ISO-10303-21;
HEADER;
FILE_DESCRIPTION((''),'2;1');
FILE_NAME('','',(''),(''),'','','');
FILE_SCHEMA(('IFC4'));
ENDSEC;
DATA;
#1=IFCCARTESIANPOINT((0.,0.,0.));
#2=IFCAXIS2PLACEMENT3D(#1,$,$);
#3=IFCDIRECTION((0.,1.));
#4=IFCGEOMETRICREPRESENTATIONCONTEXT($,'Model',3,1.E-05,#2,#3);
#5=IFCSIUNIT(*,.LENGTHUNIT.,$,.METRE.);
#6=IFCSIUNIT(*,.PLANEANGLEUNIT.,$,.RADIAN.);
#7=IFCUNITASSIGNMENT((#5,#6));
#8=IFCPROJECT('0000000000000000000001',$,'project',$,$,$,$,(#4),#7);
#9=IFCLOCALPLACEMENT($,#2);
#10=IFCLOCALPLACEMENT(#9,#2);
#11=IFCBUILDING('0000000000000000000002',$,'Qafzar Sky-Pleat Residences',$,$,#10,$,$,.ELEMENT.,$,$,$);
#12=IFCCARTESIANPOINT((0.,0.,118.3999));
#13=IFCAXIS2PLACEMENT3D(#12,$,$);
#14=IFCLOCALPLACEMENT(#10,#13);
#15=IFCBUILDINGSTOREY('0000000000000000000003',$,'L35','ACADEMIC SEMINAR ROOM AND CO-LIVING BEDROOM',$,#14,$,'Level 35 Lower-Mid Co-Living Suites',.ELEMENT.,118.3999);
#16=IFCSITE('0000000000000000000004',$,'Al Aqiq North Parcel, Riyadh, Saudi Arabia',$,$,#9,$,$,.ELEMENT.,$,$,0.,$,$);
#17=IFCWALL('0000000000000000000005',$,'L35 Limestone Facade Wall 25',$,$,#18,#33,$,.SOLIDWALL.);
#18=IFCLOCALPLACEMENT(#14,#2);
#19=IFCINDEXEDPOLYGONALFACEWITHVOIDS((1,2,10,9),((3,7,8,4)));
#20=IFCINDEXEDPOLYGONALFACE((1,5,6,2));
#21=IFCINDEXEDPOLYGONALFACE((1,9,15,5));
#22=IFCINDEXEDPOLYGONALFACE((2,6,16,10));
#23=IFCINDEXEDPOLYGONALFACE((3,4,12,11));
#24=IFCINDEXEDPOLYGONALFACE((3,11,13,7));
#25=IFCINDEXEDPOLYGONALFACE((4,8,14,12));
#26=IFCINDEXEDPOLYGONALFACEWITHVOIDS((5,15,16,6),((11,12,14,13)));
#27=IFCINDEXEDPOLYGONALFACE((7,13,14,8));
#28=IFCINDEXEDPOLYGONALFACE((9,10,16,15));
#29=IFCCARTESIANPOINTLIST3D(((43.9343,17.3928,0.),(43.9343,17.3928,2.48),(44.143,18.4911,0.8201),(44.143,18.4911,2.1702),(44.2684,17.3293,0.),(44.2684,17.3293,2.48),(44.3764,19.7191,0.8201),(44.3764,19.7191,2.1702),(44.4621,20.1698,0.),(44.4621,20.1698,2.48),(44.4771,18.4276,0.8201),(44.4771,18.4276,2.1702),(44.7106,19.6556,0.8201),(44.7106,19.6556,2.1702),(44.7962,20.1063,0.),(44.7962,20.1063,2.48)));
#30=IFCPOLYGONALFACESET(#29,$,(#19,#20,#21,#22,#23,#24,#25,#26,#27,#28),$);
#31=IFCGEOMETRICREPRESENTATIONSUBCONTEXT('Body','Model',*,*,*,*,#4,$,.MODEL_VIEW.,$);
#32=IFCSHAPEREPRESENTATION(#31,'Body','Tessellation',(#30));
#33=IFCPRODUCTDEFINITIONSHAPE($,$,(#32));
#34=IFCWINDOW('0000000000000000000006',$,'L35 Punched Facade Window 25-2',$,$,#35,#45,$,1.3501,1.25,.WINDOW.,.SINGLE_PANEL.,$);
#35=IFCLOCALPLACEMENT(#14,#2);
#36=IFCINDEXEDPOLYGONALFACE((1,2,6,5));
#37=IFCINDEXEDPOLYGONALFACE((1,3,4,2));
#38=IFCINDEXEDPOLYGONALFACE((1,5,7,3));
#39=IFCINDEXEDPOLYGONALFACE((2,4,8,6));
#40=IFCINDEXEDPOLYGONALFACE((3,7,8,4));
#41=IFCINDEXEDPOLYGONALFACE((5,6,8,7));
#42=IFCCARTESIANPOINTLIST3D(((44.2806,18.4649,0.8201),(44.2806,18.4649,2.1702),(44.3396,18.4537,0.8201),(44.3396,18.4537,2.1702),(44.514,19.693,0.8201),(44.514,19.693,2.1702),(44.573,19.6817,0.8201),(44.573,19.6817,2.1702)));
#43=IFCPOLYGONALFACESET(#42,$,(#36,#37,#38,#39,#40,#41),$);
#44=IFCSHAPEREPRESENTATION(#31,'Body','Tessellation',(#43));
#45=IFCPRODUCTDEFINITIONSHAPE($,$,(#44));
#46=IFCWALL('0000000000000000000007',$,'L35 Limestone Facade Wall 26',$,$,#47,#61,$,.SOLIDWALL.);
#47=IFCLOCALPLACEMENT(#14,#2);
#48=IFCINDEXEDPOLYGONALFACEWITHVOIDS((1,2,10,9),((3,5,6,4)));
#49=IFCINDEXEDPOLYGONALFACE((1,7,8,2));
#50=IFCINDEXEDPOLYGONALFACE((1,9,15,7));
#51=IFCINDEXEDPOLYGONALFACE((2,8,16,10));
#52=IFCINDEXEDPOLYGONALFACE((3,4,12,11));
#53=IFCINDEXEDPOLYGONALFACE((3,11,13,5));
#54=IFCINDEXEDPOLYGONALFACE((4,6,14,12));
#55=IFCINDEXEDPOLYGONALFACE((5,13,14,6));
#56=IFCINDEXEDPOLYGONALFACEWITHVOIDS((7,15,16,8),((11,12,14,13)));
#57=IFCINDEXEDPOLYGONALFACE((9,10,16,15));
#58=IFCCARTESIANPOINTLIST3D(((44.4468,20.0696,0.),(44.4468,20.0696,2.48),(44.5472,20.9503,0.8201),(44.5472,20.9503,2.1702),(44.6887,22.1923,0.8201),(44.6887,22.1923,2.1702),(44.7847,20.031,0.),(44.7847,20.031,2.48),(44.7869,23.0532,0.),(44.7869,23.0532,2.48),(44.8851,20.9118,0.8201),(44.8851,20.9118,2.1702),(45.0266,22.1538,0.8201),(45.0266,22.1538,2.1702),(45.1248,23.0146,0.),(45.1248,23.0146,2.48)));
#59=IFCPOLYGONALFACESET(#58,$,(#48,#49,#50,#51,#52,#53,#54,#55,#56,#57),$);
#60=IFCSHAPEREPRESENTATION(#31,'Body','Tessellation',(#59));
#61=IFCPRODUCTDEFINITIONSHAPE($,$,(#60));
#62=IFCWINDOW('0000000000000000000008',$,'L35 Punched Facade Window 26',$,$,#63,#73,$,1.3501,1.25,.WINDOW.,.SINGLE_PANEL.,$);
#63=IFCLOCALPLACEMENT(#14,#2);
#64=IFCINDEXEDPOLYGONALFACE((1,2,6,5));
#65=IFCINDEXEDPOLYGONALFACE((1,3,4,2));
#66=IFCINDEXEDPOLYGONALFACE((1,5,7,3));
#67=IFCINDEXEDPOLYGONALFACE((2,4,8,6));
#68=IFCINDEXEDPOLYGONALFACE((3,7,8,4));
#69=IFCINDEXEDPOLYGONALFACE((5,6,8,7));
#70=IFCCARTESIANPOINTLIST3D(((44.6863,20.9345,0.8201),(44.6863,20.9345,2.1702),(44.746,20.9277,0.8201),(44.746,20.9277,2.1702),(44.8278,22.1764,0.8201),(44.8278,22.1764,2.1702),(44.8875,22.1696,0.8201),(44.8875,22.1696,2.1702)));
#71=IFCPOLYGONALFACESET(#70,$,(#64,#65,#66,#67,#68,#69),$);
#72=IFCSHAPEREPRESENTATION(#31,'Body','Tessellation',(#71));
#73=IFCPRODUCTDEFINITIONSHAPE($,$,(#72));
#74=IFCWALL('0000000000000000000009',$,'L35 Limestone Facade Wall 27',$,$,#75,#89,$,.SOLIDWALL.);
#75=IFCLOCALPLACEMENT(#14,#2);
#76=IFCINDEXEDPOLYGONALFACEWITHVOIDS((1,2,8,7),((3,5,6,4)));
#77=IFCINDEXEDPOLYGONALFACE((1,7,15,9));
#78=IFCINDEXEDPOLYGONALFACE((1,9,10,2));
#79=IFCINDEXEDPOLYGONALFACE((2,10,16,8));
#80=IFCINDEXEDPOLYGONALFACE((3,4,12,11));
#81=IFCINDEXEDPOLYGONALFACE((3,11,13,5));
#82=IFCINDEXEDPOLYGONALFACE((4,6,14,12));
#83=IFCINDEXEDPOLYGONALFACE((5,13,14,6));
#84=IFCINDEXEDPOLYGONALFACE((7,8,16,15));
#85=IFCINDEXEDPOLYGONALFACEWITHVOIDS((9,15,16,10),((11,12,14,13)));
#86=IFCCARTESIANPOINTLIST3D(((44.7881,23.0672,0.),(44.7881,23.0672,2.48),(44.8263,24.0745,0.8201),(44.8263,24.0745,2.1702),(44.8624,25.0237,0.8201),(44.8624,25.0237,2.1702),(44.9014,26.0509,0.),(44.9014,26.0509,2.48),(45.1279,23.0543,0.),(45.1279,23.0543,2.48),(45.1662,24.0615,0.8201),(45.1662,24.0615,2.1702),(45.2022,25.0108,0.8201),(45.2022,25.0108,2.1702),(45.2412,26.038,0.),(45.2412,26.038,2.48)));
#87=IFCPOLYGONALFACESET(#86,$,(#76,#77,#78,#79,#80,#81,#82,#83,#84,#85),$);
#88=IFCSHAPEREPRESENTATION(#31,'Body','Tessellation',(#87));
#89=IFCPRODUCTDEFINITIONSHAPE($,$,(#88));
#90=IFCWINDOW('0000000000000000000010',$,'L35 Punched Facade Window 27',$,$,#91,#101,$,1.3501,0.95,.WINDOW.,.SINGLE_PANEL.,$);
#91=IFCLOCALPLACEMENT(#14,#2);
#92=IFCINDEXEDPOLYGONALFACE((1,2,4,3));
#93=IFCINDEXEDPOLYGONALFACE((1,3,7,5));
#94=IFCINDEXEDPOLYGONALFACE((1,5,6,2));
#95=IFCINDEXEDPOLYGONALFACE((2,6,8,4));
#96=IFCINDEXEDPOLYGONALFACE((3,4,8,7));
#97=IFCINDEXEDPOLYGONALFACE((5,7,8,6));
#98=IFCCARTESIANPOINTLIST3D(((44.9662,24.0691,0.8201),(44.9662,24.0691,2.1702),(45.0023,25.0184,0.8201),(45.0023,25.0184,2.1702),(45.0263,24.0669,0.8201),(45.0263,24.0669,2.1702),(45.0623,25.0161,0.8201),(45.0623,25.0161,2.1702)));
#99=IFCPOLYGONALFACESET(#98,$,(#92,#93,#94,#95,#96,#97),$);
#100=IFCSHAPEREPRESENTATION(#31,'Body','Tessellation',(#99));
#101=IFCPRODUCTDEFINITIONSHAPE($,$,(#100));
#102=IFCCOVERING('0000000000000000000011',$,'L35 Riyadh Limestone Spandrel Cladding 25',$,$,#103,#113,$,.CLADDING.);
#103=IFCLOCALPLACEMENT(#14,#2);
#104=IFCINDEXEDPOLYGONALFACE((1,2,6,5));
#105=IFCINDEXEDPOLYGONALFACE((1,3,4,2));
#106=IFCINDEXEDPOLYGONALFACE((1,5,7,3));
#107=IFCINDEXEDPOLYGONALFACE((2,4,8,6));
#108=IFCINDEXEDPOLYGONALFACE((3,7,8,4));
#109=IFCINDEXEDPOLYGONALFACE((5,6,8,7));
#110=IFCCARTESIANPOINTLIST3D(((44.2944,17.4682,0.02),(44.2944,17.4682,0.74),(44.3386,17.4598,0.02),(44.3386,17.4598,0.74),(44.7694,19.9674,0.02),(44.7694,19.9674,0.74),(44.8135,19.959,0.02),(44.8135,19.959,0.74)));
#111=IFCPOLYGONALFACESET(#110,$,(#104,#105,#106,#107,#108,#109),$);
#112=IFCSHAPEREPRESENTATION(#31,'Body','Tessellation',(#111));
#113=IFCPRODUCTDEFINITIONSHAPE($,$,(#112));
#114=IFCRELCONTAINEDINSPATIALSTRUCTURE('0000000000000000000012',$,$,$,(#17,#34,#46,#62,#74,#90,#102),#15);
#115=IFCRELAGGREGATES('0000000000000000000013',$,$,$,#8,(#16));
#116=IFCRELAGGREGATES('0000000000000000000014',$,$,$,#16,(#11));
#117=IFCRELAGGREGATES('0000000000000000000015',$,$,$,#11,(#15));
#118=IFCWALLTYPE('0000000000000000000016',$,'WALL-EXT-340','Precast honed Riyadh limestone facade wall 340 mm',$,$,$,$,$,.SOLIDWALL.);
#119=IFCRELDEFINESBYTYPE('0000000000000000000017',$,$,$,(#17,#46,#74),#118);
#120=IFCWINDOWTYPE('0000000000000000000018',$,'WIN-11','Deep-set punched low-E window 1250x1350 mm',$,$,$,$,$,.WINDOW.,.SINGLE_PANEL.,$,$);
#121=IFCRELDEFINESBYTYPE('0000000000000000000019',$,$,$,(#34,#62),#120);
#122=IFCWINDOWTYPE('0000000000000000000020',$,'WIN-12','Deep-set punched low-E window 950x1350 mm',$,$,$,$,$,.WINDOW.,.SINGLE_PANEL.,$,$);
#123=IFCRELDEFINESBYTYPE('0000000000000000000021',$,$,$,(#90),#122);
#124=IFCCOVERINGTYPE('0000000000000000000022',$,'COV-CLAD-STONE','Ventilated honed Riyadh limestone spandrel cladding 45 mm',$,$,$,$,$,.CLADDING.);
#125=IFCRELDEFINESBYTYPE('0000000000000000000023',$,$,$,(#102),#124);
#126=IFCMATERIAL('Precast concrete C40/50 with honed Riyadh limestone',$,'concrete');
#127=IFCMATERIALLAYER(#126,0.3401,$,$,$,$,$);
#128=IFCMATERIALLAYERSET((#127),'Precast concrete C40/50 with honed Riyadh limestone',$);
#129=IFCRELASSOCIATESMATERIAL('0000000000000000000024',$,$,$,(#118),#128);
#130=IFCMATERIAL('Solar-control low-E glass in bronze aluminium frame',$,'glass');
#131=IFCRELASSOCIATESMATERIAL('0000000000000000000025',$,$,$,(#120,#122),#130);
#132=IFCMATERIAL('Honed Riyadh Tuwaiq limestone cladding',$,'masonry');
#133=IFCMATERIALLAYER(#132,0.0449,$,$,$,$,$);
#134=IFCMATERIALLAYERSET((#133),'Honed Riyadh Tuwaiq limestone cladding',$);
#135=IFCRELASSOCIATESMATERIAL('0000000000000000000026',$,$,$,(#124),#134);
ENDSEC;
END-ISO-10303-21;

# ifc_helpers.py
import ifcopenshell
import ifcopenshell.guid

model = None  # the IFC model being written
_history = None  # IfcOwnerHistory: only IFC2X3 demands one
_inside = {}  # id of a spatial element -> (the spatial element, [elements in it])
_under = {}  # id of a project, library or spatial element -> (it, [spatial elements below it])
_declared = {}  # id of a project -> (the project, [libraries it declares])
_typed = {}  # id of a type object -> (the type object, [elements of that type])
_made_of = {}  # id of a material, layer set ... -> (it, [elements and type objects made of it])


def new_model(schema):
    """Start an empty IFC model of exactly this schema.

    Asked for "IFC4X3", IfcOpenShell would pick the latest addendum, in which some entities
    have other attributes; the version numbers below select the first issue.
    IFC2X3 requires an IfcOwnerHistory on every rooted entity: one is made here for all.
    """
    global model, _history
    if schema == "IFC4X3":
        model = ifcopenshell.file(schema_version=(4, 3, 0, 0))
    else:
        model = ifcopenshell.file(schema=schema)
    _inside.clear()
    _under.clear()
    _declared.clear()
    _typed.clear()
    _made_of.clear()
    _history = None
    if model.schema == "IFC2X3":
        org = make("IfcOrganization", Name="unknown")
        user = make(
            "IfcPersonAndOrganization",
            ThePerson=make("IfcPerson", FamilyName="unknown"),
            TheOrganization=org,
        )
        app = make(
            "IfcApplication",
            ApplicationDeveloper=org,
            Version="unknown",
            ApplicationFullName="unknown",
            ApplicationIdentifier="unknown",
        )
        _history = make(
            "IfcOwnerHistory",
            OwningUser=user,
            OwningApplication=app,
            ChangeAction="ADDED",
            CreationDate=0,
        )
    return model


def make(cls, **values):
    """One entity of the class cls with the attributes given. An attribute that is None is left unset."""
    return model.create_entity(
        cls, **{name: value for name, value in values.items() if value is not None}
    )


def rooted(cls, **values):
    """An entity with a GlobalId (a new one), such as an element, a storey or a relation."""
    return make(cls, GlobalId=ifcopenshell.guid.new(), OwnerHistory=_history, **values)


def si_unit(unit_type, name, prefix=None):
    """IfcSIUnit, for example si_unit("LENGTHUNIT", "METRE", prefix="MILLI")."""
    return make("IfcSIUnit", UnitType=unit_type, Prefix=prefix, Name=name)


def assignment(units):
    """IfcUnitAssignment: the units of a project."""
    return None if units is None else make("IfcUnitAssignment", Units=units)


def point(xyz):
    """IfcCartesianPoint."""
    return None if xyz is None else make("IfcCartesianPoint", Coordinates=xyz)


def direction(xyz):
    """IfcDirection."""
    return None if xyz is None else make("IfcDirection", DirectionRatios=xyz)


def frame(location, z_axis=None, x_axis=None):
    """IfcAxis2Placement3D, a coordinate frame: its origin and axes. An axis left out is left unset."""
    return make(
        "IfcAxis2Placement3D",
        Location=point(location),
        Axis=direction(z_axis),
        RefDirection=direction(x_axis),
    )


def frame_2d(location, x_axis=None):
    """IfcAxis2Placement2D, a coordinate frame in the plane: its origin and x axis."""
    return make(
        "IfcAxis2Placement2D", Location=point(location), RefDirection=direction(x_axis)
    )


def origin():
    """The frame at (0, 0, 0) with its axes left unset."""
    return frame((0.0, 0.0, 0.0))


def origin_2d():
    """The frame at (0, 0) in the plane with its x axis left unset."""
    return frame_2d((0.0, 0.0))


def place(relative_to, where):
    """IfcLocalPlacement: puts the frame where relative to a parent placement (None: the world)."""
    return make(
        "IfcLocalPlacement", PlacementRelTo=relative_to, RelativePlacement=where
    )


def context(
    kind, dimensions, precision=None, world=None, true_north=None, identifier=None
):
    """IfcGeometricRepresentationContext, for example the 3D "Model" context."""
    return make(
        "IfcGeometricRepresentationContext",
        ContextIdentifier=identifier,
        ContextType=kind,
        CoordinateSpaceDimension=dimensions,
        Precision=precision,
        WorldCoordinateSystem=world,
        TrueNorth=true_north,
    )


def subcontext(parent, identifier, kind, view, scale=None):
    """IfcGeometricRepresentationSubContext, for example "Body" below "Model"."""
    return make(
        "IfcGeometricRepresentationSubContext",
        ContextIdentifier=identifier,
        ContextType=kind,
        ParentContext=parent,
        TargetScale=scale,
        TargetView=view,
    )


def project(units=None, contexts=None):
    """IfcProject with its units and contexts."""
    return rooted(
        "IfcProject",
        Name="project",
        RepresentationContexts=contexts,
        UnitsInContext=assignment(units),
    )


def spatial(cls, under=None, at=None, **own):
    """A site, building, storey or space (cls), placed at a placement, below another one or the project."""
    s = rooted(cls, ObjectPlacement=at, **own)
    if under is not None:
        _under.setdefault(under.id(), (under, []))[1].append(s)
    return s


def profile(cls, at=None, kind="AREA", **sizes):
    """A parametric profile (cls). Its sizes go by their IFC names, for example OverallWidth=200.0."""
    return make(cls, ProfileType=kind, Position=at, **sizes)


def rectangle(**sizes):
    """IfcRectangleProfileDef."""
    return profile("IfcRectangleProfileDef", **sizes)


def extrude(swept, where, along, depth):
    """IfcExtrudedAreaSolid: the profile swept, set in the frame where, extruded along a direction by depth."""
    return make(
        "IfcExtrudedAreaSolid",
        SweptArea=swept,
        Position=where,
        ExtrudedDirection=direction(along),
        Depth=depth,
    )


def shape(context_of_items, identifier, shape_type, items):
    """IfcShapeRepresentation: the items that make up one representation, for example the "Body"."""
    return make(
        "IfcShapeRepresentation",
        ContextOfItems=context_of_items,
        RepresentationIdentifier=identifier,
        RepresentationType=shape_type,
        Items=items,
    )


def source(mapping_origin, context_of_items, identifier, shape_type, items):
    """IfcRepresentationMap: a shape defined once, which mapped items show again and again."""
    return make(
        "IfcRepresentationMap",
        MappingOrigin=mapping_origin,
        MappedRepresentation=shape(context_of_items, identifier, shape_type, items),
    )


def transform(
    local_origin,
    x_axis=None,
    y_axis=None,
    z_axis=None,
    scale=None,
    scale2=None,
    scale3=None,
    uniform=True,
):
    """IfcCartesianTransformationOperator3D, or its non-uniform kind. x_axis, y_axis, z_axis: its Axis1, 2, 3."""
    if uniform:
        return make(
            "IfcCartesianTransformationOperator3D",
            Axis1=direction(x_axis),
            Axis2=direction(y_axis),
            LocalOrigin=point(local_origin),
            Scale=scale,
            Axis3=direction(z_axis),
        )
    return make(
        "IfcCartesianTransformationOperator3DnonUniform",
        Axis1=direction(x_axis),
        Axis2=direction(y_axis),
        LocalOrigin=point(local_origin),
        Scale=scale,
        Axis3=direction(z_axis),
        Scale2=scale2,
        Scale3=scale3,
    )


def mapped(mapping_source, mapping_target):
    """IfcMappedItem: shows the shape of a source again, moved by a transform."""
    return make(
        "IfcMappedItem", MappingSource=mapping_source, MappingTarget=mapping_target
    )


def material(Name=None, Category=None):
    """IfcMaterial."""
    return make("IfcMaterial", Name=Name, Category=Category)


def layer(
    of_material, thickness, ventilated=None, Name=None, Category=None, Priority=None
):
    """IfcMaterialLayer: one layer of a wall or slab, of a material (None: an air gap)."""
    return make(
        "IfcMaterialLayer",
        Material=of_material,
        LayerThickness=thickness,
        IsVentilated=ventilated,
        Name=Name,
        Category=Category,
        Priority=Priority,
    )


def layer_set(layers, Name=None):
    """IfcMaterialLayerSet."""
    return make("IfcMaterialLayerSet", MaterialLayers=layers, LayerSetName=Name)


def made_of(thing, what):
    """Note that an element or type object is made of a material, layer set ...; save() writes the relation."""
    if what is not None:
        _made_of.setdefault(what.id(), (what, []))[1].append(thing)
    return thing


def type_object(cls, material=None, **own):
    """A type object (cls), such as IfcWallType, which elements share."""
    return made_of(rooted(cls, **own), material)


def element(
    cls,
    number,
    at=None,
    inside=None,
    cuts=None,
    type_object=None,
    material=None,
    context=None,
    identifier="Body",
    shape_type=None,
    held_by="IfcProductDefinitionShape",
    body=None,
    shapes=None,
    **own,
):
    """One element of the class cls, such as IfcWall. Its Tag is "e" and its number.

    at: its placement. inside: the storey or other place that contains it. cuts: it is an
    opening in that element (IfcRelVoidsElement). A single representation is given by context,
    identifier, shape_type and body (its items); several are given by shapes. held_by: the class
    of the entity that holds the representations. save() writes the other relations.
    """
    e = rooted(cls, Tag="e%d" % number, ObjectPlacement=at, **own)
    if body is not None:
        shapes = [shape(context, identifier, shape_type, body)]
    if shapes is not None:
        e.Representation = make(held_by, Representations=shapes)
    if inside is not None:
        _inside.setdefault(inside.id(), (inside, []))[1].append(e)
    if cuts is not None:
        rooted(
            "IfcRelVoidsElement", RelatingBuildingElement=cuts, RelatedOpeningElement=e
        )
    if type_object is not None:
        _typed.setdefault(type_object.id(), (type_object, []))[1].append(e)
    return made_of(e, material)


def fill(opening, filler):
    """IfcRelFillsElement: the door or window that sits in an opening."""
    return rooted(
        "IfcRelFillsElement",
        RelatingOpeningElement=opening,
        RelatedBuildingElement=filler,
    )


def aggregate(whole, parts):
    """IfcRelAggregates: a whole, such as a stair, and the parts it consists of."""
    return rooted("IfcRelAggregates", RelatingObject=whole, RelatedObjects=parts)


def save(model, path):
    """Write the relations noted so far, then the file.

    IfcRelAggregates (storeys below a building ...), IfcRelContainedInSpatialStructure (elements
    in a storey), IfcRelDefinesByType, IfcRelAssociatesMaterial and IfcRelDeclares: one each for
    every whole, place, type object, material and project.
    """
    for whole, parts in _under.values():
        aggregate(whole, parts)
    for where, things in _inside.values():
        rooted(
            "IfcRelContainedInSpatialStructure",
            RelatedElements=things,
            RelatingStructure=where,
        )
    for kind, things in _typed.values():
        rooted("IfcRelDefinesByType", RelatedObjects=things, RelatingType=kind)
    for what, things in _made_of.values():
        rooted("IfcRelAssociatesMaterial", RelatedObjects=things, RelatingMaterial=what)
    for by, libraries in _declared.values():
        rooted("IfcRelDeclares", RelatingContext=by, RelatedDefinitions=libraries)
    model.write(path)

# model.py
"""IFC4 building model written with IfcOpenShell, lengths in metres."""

from ifc_helpers import new_model, si_unit, direction, frame, frame_2d, origin, origin_2d, place, context, subcontext, project, spatial, rectangle, extrude, source, transform, mapped, material, layer, layer_set, type_object, element, fill, save


model = new_model("IFC4")

# Units and contexts
model_context = context("Model", 3, precision=1e-05, world=origin(), true_north=direction((0.0, 1.0)))
body_context = subcontext(model_context, "Body", "Model", "MODEL_VIEW")
ifc_project = project(units=[si_unit("LENGTHUNIT", "METRE"), si_unit("PLANEANGLEUNIT", "RADIAN")], contexts=[model_context])

# Site, building, storey
site_placement = place(None, origin())
site = spatial("IfcSite", under=ifc_project, at=site_placement, Name="Al Aqiq North Parcel, Riyadh, Saudi Arabia", CompositionType="ELEMENT", RefElevation=0.0)
building_placement = place(site_placement, origin())
building = spatial("IfcBuilding", under=site, at=building_placement, Name="Qafzar Sky-Pleat Residences", CompositionType="ELEMENT")
storey_placement = place(building_placement, frame((0.0, 0.0, 118.3999)))
storey = spatial("IfcBuildingStorey", under=building, at=storey_placement, Name="L35", Description="ACADEMIC SEMINAR ROOM AND CO-LIVING BEDROOM", LongName="Level 35 Lower-Mid Co-Living Suites", CompositionType="ELEMENT", Elevation=118.3999)

# Shared definitions
ifc_material_1 = material(Name="Precast concrete C40/50 with honed Riyadh limestone", Category="concrete")
ifc_layer_1 = layer(ifc_material_1, 0.3401)
ifc_layer_set_1 = layer_set([ifc_layer_1], Name="Precast concrete C40/50 with honed Riyadh limestone")
wall_type_1 = type_object("IfcWallType", Name="WALL-EXT-340", Description="Precast honed Riyadh limestone facade wall 340 mm", PredefinedType="SOLIDWALL", material=ifc_layer_set_1)

# Walls, openings, windows
wall_1_placement = place(storey_placement, frame((44.1013, 17.3611, 0.0), z_axis=(0.0, 0.0, 1.0), x_axis=(0.186739, 0.98241, 0.0)))
wall_1 = element("IfcWall", 1, at=wall_1_placement, inside=storey, type_object=wall_type_1, Name="L35 Limestone Facade Wall 25", PredefinedType="SOLIDWALL", context=body_context, shape_type="SweptSolid", body=[
    extrude(rectangle(XDim=2.8267, YDim=0.3401, at=frame_2d((1.4133, 0.0))), origin(), (0.0, 0.0, 1.0), 2.48),
])
opening_1_placement = place(wall_1_placement, frame((1.1179, 0.0, 0.8201)))
opening_1 = element("IfcOpeningElement", 2, at=opening_1_placement, cuts=wall_1, PredefinedType="OPENING", context=body_context, shape_type="SweptSolid", body=[
    extrude(rectangle(XDim=1.25, YDim=1.3501, at=frame_2d((0.625, 0.675))), frame((0.0, 0.1802, 0.0), z_axis=(0.0, -1.0, 0.0), x_axis=(1.0, 0.0, 0.0)), (0.0, 0.0, 1.0), 0.3601),
])
ifc_material_2 = material(Name="Solar-control low-E glass in bronze aluminium frame", Category="glass")
window_type_1 = type_object("IfcWindowType", Name="WIN-11", Description="Deep-set punched low-E window 1250x1350 mm", PartitioningType="SINGLE_PANEL", PredefinedType="WINDOW", material=ifc_material_2)
shared_shape_1 = source(origin(), body_context, "Body", "SweptSolid", [
    extrude(rectangle(XDim=1.25, YDim=1.3501, at=frame_2d((0.625, 0.675))), frame((0.0, 0.03, 0.0), z_axis=(0.0, -1.0, 0.0), x_axis=(1.0, 0.0, 0.0)), (0.0, 0.0, 1.0), 0.0601),
])
window_1_placement = place(opening_1_placement, origin())
window_1 = element("IfcWindow", 3, at=window_1_placement, inside=storey, type_object=window_type_1, Name="L35 Punched Facade Window 25-2", OverallHeight=1.3501, OverallWidth=1.25, PartitioningType="SINGLE_PANEL", PredefinedType="WINDOW", context=body_context, shape_type="MappedRepresentation", body=[
    mapped(shared_shape_1, transform((0.0, 0.0, 0.0), x_axis=(1.0, 0.0, 0.0), y_axis=(0.0, 1.0, 0.0), z_axis=(0.0, 0.0, 1.0), scale=1.0)),
])
fill(opening_1, window_1)
wall_2_placement = place(storey_placement, frame((44.6157, 20.0503, 0.0), z_axis=(0.0, 0.0, 1.0), x_axis=(0.113251, 0.993566, 0.0)))
wall_2 = element("IfcWall", 4, at=wall_2_placement, inside=storey, type_object=wall_type_1, Name="L35 Limestone Facade Wall 26", PredefinedType="SOLIDWALL", context=body_context, shape_type="SweptSolid", body=[
    extrude(rectangle(XDim=3.0029, YDim=0.3401, at=frame_2d((1.5015, 0.0))), origin(), (0.0, 0.0, 1.0), 2.48),
])
opening_2_placement = place(wall_2_placement, frame((0.8865, 0.0, 0.8201)))
opening_2 = element("IfcOpeningElement", 5, at=opening_2_placement, cuts=wall_2, PredefinedType="OPENING", context=body_context, shape_type="SweptSolid", body=[
    extrude(rectangle(XDim=1.25, YDim=1.3501, at=frame_2d((0.625, 0.675))), frame((0.0, 0.1802, 0.0), z_axis=(0.0, -1.0, 0.0), x_axis=(1.0, 0.0, 0.0)), (0.0, 0.0, 1.0), 0.3601),
])
window_2_placement = place(opening_2_placement, origin())
window_2 = element("IfcWindow", 6, at=window_2_placement, inside=storey, type_object=window_type_1, Name="L35 Punched Facade Window 26", OverallHeight=1.3501, OverallWidth=1.25, PartitioningType="SINGLE_PANEL", PredefinedType="WINDOW", context=body_context, shape_type="MappedRepresentation", body=[
    mapped(shared_shape_1, transform((0.0, 0.0, 0.0), x_axis=(1.0, 0.0, 0.0), y_axis=(0.0, 1.0, 0.0), z_axis=(0.0, 0.0, 1.0), scale=1.0)),
])
fill(opening_2, window_2)
wall_3_placement = place(storey_placement, frame((44.958, 23.0608, 0.0), z_axis=(0.0, 0.0, 1.0), x_axis=(0.03794, 0.99928, 0.0)))
wall_3 = element("IfcWall", 7, at=wall_3_placement, inside=storey, type_object=wall_type_1, Name="L35 Limestone Facade Wall 27", PredefinedType="SOLIDWALL", context=body_context, shape_type="SweptSolid", body=[
    extrude(rectangle(XDim=2.9858, YDim=0.3401, at=frame_2d((1.4929, 0.0))), origin(), (0.0, 0.0, 1.0), 2.48),
])
opening_3_placement = place(wall_3_placement, frame((1.0078, 0.0, 0.8201)))
opening_3 = element("IfcOpeningElement", 8, at=opening_3_placement, cuts=wall_3, PredefinedType="OPENING", context=body_context, shape_type="SweptSolid", body=[
    extrude(rectangle(XDim=0.95, YDim=1.3501, at=frame_2d((0.4751, 0.675))), frame((0.0, 0.1802, 0.0), z_axis=(0.0, -1.0, 0.0), x_axis=(1.0, 0.0, 0.0)), (0.0, 0.0, 1.0), 0.3601),
])
window_type_2 = type_object("IfcWindowType", Name="WIN-12", Description="Deep-set punched low-E window 950x1350 mm", PartitioningType="SINGLE_PANEL", PredefinedType="WINDOW", material=ifc_material_2)
shared_shape_2 = source(origin(), body_context, "Body", "SweptSolid", [
    extrude(rectangle(XDim=0.95, YDim=1.3501, at=frame_2d((0.4751, 0.675))), frame((0.0, 0.03, 0.0), z_axis=(0.0, -1.0, 0.0), x_axis=(1.0, 0.0, 0.0)), (0.0, 0.0, 1.0), 0.0601),
])
window_3_placement = place(opening_3_placement, origin())
window_3 = element("IfcWindow", 9, at=window_3_placement, inside=storey, type_object=window_type_2, Name="L35 Punched Facade Window 27", OverallHeight=1.3501, OverallWidth=0.95, PartitioningType="SINGLE_PANEL", PredefinedType="WINDOW", context=body_context, shape_type="MappedRepresentation", body=[
    mapped(shared_shape_2, transform((0.0, 0.0, 0.0), x_axis=(1.0, 0.0, 0.0), y_axis=(0.0, 1.0, 0.0), z_axis=(0.0, 0.0, 1.0), scale=1.0)),
])
fill(opening_3, window_3)

# Covering
ifc_material_3 = material(Name="Honed Riyadh Tuwaiq limestone cladding", Category="masonry")
ifc_layer_2 = layer(ifc_material_3, 0.0449)
ifc_layer_set_2 = layer_set([ifc_layer_2], Name="Honed Riyadh Tuwaiq limestone cladding")
covering_type = type_object("IfcCoveringType", Name="COV-CLAD-STONE", Description="Ventilated honed Riyadh limestone spandrel cladding 45 mm", PredefinedType="CLADDING", material=ifc_layer_set_2)
shared_shape_3 = source(origin(), body_context, "Body", "SweptSolid", [
    extrude(rectangle(XDim=2.5439, YDim=0.0449, at=origin_2d()), origin(), (0.0, 0.0, 1.0), 0.72),
])
covering_placement = place(storey_placement, frame((44.554, 18.7136, 0.02), z_axis=(0.0, 0.0, 1.0), x_axis=(0.186691, 0.982419, 0.0)))
element("IfcCovering", 10, at=covering_placement, inside=storey, type_object=covering_type, Name="L35 Riyadh Limestone Spandrel Cladding 25", PredefinedType="CLADDING", context=body_context, shape_type="MappedRepresentation", body=[
    mapped(shared_shape_3, transform((0.0, 0.0, 0.0), x_axis=(1.0, 0.0, 0.0), y_axis=(0.0, 1.0, 0.0), z_axis=(0.0, 0.0, 1.0), scale=1.0)),
])

save(model, "model.ifc")
